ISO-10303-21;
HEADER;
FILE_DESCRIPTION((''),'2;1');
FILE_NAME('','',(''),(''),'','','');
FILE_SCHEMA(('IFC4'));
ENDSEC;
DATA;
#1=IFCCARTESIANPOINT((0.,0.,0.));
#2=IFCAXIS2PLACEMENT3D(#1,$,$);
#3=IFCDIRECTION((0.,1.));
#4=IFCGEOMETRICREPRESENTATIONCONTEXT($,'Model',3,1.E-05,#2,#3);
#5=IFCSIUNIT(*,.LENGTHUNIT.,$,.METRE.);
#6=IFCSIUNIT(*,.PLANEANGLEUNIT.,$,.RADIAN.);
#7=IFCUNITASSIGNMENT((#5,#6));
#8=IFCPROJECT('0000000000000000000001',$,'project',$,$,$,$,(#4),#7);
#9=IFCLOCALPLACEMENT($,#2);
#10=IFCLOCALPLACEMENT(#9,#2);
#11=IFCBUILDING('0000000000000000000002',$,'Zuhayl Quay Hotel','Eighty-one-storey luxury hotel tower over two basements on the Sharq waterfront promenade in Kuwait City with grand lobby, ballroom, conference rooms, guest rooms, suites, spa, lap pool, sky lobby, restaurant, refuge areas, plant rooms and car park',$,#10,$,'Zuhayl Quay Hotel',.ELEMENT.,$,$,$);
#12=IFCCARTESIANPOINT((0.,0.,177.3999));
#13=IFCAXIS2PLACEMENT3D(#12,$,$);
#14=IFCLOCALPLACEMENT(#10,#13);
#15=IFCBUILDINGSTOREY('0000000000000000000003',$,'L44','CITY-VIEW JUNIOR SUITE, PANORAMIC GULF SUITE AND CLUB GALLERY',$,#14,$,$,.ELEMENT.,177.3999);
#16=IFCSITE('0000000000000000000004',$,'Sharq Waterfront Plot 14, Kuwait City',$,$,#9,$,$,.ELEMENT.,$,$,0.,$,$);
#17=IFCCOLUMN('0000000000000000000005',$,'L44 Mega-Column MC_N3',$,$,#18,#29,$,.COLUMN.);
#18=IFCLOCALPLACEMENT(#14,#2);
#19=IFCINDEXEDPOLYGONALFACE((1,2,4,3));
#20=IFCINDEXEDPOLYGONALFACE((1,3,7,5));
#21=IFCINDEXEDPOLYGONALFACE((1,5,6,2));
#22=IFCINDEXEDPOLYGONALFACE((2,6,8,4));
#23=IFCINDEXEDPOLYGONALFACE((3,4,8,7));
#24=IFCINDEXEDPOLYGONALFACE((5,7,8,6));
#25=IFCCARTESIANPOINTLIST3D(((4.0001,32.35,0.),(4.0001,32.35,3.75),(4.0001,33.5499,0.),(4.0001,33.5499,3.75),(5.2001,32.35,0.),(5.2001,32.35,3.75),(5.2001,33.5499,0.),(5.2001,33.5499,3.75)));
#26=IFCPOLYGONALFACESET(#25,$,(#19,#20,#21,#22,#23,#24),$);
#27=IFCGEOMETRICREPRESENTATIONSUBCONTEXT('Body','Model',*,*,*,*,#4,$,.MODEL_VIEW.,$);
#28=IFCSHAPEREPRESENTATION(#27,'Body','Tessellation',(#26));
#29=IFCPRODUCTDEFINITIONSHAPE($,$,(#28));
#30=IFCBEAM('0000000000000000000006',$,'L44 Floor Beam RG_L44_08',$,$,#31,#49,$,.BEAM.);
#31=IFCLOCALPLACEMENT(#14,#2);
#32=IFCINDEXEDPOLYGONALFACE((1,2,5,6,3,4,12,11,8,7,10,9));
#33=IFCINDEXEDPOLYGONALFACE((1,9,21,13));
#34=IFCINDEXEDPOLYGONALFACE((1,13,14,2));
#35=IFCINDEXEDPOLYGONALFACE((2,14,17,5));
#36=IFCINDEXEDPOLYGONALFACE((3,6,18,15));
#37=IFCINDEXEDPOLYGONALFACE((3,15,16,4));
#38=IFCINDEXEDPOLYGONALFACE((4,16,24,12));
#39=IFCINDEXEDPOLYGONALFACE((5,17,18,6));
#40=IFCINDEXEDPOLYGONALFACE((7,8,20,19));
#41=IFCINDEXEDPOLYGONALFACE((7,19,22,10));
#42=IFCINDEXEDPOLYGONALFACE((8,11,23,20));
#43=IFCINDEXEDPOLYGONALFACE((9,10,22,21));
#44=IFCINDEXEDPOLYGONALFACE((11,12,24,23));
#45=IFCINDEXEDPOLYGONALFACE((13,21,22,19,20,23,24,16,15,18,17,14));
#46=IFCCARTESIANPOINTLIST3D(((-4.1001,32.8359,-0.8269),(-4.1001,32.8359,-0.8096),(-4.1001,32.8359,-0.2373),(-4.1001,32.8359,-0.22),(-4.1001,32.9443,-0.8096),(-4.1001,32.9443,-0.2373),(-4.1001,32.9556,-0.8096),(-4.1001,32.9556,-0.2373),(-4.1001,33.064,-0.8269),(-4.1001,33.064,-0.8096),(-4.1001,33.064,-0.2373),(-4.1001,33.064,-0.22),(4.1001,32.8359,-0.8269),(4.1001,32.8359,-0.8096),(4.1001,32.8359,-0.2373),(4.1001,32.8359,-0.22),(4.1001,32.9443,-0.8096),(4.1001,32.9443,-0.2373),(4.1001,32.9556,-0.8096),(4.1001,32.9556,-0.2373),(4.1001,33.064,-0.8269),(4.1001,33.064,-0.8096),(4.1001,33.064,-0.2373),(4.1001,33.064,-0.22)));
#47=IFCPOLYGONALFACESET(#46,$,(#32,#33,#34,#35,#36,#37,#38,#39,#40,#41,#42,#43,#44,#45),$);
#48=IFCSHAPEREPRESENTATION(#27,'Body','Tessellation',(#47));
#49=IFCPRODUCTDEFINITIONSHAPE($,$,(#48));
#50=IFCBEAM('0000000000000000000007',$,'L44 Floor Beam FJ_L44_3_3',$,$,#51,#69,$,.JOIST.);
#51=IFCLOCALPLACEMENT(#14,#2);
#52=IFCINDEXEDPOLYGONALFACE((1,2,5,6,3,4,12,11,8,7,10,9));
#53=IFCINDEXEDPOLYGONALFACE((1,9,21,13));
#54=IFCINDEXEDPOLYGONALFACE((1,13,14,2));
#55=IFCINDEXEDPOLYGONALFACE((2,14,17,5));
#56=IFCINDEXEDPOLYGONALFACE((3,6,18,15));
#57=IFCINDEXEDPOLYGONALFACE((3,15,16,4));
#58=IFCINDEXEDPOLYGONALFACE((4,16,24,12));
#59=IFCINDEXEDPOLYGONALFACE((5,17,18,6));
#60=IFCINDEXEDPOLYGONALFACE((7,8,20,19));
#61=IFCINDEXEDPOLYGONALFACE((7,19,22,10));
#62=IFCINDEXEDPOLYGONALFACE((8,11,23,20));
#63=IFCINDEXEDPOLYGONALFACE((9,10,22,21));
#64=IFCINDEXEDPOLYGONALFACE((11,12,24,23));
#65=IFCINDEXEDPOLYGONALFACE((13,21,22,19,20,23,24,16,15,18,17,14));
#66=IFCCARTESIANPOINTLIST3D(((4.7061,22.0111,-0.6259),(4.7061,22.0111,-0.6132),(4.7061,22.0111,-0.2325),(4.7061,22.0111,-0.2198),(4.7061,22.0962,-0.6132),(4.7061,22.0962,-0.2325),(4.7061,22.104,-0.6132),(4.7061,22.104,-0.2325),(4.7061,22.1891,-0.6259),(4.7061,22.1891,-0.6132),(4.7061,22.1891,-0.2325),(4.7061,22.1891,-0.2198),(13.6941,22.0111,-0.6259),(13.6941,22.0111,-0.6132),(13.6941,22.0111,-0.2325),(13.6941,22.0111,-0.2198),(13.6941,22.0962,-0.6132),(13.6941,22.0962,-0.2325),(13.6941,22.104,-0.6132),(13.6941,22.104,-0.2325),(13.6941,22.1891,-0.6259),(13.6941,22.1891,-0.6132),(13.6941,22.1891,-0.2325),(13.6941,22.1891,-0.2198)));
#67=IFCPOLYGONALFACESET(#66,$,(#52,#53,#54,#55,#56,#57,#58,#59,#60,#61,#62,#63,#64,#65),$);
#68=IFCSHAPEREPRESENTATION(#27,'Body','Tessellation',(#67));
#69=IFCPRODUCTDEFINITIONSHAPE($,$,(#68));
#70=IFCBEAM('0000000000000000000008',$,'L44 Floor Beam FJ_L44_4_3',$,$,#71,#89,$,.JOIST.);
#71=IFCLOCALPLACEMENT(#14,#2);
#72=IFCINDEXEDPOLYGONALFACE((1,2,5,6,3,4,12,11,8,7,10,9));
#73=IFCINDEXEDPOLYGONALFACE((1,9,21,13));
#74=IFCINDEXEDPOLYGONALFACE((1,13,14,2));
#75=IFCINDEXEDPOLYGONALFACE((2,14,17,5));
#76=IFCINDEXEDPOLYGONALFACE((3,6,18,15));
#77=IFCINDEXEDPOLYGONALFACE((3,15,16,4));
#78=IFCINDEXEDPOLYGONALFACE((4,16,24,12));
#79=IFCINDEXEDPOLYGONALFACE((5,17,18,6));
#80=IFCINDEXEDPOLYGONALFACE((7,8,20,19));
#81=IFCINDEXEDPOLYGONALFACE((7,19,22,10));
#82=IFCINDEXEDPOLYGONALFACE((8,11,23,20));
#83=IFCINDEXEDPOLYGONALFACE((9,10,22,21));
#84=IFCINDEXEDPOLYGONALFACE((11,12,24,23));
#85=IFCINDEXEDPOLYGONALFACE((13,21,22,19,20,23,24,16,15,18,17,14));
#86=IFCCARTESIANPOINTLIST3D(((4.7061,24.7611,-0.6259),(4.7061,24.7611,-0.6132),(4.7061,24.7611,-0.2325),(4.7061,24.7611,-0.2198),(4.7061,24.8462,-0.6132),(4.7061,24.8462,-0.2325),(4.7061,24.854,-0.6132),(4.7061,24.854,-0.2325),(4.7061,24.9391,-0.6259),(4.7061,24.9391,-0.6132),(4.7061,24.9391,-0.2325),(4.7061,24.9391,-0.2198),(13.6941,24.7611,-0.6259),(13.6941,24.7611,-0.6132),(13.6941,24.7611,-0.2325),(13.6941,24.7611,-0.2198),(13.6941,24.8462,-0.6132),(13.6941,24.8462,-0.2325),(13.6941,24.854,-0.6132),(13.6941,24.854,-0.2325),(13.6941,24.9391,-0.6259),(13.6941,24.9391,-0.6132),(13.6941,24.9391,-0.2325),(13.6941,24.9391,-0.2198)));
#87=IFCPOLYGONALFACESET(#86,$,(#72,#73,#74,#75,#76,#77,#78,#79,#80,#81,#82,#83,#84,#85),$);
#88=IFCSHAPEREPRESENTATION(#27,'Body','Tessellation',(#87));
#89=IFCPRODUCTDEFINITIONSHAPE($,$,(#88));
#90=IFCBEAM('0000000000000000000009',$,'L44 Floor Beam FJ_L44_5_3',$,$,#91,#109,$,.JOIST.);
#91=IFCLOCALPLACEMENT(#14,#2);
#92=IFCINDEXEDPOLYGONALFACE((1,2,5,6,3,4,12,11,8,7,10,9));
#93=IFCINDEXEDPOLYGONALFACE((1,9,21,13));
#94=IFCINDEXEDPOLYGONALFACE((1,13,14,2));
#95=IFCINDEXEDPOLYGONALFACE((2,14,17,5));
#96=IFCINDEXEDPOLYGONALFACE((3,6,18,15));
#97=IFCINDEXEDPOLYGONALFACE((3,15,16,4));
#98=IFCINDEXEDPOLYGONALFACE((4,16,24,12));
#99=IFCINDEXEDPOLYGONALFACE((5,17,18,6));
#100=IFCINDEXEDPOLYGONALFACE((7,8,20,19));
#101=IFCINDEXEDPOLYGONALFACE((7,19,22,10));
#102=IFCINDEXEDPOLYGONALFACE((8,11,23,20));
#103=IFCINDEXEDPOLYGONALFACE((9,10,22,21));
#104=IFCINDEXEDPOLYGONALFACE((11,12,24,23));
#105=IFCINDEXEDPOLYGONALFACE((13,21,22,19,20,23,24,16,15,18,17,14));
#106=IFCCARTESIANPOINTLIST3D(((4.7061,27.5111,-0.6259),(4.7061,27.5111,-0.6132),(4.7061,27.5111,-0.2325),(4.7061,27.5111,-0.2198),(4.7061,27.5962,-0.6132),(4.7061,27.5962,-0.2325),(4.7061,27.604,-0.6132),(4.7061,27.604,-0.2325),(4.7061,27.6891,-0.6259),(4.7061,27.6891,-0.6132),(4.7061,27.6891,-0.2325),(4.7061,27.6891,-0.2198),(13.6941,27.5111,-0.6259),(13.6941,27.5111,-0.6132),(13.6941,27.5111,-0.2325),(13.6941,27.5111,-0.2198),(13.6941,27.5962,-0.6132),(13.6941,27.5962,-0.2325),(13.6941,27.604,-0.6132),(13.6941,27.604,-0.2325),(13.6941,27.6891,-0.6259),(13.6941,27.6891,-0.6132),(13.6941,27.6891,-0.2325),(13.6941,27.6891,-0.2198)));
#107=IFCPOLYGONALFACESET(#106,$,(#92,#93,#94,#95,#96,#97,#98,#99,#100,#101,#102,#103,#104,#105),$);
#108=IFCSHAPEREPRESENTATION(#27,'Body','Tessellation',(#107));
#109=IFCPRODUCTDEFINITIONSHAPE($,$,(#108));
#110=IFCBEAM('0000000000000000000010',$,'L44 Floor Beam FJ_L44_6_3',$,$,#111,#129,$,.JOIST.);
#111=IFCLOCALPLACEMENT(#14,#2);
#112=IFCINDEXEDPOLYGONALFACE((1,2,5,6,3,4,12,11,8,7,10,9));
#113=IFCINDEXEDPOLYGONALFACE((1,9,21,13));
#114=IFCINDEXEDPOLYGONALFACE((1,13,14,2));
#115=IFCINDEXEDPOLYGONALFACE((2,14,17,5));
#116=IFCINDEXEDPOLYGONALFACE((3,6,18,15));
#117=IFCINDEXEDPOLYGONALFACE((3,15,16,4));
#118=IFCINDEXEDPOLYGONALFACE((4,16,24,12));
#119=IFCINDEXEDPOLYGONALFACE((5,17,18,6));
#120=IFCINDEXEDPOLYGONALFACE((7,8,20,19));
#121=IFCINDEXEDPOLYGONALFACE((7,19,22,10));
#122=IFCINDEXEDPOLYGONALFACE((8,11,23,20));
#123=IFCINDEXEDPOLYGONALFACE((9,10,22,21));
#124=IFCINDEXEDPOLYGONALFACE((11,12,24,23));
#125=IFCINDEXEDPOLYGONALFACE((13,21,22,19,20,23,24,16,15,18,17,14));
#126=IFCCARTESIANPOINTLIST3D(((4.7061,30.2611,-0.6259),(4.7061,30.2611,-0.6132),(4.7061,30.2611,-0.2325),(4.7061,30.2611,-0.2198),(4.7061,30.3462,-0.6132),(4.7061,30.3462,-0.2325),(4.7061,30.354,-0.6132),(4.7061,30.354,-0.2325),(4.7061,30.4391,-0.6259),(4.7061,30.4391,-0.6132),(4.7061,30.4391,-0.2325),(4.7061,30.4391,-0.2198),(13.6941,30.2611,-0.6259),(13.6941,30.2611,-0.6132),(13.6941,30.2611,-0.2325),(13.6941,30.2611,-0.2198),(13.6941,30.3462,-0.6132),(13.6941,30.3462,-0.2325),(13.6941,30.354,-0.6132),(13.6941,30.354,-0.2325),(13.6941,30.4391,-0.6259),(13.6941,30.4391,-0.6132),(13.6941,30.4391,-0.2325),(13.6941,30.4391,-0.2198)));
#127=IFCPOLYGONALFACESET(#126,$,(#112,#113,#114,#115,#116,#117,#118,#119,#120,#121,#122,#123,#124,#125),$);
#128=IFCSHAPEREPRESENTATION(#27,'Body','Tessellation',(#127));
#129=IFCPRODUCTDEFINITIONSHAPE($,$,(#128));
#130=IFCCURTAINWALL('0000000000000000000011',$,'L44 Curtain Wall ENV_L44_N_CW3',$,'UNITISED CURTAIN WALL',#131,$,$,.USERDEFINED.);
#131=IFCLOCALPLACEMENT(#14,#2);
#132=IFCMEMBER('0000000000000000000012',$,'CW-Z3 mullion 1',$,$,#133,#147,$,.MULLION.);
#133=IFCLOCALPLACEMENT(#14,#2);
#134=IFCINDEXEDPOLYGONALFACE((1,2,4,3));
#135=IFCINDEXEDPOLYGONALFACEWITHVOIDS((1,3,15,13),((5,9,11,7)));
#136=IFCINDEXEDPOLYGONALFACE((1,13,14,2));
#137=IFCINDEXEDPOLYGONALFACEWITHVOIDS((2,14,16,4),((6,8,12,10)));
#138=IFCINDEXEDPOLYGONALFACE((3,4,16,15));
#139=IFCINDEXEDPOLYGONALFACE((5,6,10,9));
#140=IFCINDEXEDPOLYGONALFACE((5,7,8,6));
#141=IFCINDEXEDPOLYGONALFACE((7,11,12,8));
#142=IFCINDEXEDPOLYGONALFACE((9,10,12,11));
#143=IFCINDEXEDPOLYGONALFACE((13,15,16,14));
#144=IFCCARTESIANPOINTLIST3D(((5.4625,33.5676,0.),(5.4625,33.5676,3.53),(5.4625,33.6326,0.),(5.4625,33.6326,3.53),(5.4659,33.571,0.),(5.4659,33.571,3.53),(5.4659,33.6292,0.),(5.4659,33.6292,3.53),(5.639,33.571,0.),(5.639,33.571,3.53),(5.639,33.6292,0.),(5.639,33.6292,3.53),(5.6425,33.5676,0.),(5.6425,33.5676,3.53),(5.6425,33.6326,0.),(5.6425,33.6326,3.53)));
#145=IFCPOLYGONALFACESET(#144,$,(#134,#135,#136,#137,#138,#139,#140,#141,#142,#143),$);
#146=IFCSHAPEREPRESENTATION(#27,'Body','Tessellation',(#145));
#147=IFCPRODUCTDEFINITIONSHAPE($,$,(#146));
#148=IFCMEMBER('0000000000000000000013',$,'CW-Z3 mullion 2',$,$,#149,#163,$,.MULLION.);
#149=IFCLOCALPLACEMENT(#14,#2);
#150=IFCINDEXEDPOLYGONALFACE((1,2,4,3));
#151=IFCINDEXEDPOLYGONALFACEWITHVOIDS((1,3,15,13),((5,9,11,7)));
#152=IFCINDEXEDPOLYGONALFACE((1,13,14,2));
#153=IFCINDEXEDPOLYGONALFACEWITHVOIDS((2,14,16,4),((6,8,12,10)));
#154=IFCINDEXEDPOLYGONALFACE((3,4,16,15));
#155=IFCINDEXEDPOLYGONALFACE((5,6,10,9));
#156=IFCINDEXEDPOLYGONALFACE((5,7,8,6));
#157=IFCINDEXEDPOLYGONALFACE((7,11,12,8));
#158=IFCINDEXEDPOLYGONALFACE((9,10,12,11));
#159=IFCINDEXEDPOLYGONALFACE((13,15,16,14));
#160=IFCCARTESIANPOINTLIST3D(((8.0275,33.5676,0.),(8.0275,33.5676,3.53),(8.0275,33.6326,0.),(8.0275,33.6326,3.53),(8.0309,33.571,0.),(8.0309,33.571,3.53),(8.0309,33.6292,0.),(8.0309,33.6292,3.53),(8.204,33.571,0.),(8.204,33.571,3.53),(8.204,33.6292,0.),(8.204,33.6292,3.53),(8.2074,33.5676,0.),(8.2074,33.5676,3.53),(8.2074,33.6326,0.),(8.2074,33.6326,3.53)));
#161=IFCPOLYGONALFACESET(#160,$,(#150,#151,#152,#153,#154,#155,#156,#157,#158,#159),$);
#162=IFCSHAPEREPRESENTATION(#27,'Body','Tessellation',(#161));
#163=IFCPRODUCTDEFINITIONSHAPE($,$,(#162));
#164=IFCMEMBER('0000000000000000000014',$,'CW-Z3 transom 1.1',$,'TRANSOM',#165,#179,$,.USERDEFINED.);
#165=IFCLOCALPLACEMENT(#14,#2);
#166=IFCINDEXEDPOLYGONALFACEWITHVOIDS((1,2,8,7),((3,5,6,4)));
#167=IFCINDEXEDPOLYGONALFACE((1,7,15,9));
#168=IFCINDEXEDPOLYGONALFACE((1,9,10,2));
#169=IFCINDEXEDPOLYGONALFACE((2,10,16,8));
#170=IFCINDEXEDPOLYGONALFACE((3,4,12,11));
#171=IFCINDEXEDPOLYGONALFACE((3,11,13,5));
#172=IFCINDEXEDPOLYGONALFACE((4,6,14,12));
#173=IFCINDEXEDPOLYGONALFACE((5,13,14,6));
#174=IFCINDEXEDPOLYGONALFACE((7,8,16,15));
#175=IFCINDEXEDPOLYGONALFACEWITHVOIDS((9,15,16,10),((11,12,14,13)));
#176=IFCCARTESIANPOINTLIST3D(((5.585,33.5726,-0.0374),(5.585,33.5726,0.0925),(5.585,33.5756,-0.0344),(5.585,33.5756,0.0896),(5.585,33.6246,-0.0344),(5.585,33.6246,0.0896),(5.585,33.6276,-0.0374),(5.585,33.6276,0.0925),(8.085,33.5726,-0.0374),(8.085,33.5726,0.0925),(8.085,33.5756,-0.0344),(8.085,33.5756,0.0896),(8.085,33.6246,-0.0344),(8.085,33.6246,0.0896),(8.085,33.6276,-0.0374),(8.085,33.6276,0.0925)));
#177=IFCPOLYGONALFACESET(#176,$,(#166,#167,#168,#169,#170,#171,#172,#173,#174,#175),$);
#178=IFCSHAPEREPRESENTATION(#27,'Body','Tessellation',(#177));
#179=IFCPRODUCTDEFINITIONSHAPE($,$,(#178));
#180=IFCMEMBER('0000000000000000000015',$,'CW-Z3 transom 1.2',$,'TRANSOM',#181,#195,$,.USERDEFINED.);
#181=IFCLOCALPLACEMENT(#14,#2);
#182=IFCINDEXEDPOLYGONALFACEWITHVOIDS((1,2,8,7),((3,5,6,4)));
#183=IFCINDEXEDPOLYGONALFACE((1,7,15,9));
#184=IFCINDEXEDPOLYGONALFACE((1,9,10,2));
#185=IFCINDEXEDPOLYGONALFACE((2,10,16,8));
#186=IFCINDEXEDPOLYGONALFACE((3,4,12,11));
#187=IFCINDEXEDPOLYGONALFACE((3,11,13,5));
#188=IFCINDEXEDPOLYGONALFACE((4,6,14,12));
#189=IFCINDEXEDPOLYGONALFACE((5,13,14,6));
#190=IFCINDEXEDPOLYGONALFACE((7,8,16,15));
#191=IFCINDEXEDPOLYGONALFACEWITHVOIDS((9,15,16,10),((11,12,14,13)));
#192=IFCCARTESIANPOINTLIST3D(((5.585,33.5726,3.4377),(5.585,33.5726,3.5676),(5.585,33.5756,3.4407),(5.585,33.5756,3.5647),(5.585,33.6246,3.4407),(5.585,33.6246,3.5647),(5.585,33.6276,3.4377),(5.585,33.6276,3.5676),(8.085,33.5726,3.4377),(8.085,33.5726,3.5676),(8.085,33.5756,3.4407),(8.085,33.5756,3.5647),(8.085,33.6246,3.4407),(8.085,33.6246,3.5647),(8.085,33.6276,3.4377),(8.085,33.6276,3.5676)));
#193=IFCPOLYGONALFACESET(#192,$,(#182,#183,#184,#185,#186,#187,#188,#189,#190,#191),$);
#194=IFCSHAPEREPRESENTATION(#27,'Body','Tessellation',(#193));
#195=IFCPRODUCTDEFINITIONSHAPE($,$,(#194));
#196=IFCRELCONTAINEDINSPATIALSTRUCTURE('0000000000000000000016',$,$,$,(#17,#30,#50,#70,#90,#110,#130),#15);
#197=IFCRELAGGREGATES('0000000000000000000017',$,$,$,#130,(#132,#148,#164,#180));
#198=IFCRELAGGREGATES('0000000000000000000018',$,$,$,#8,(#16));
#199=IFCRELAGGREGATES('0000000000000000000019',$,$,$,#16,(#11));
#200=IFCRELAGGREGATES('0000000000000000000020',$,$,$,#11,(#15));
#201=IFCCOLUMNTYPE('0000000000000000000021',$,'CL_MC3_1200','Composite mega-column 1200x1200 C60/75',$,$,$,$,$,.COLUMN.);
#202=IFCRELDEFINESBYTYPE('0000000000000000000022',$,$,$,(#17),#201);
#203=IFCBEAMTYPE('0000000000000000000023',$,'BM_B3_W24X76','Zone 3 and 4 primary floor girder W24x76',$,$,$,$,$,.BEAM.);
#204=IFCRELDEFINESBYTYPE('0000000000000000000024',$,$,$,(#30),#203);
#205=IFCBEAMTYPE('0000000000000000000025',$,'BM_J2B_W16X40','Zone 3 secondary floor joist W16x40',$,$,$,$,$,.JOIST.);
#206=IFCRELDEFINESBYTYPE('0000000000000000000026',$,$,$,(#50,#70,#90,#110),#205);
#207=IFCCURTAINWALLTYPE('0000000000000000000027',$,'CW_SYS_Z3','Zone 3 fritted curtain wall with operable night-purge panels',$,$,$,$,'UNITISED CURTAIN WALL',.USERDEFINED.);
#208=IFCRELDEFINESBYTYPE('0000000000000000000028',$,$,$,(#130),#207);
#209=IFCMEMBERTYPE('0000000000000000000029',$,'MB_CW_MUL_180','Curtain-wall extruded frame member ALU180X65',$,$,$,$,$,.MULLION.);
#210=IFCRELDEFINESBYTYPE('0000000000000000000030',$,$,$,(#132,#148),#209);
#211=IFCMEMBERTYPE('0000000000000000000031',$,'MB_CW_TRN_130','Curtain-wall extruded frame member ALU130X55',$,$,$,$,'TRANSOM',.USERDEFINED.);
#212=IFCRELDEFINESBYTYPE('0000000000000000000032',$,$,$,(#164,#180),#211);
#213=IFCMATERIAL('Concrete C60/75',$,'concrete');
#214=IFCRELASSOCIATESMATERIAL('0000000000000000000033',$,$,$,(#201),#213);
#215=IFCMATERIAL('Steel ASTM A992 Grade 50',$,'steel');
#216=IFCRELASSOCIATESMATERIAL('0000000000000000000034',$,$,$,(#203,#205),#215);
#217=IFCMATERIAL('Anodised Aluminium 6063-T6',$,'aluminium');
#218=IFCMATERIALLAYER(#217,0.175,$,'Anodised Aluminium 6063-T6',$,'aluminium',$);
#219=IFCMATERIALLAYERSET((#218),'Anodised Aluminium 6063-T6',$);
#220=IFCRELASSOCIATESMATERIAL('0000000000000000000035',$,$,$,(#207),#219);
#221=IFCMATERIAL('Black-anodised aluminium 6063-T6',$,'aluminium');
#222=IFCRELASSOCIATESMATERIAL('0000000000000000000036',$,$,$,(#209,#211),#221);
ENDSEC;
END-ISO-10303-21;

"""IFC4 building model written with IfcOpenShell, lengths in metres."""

from ifc_helpers import new_model, si_unit, direction, frame, origin, origin_2d, place, context, subcontext, project, spatial, rectangle, hollow_rectangle, i_section, extrude, material, layer, layer_set, material_profile, profile_set, type_object, element, aggregate, save


model = new_model("IFC4")

# Units and contexts
model_context = context("Model", 3, precision=1e-05, world=origin(), true_north=direction((0.0, 1.0)))
body_context = subcontext(model_context, "Body", "Model", "MODEL_VIEW")
ifc_project = project(units=[si_unit("LENGTHUNIT", "METRE"), si_unit("PLANEANGLEUNIT", "RADIAN")], contexts=[model_context])

# Site, building, storey
site_placement = place(None, origin())
site = spatial("IfcSite", under=ifc_project, at=site_placement, Name="Sharq Waterfront Plot 14, Kuwait City", CompositionType="ELEMENT", RefElevation=0.0)
building_placement = place(site_placement, origin())
building = spatial("IfcBuilding", under=site, at=building_placement, Name="Zuhayl Quay Hotel", Description="Eighty-one-storey luxury hotel tower over two basements on the Sharq waterfront promenade in Kuwait City with grand lobby, ballroom, conference rooms, guest rooms, suites, spa, lap pool, sky lobby, restaurant, refuge areas, plant rooms and car park", LongName="Zuhayl Quay Hotel", CompositionType="ELEMENT")
storey_placement = place(building_placement, frame((0.0, 0.0, 177.3999)))
storey = spatial("IfcBuildingStorey", under=building, at=storey_placement, Name="L44", Description="CITY-VIEW JUNIOR SUITE, PANORAMIC GULF SUITE AND CLUB GALLERY", CompositionType="ELEMENT", Elevation=177.3999)

# Column
ifc_material_1 = material(Name="Concrete C60/75", Category="concrete")
ifc_material_profile_1 = material_profile(ifc_material_1, rectangle(XDim=1.2, YDim=1.2, at=origin_2d()), Name="RC1200X1200")
ifc_profile_set_1 = profile_set([ifc_material_profile_1], Name="Concrete C60/75")
column_type = type_object("IfcColumnType", Name="CL_MC3_1200", Description="Composite mega-column 1200x1200 C60/75", PredefinedType="COLUMN", material=ifc_profile_set_1)
column_placement = place(storey_placement, frame((4.6001, 32.95, 0.0), z_axis=(0.0, 0.0, 1.0), x_axis=(1.0, 0.0, 0.0)))
element("IfcColumn", 1, at=column_placement, inside=storey, type_object=column_type, Name="L44 Mega-Column MC_N3", PredefinedType="COLUMN", context=body_context, shape_type="SweptSolid", body=[
    extrude(rectangle(XDim=1.2, YDim=1.2, at=origin_2d()), origin(), (0.0, 0.0, 1.0), 3.75),
])

# Beams
ifc_material_2 = material(Name="Steel ASTM A992 Grade 50", Category="steel")
ifc_material_profile_2 = material_profile(ifc_material_2, i_section(OverallWidth=0.228, OverallDepth=0.6069, WebThickness=0.0112, FlangeThickness=0.0173, at=origin_2d()), Name="W24X76")
ifc_profile_set_2 = profile_set([ifc_material_profile_2], Name="Steel ASTM A992 Grade 50")
beam_type_1 = type_object("IfcBeamType", Name="BM_B3_W24X76", Description="Zone 3 and 4 primary floor girder W24x76", PredefinedType="BEAM", material=ifc_profile_set_2)
beam_placement = place(storey_placement, frame((4.1001, 32.95, -0.5234), z_axis=(-1.0, 0.0, 0.0), x_axis=(0.0, -1.0, 0.0)))
element("IfcBeam", 2, at=beam_placement, inside=storey, type_object=beam_type_1, Name="L44 Floor Beam RG_L44_08", PredefinedType="BEAM", context=body_context, shape_type="SweptSolid", body=[
    extrude(i_section(OverallWidth=0.228, OverallDepth=0.6069, WebThickness=0.0112, FlangeThickness=0.0173, at=origin_2d()), origin(), (0.0, 0.0, 1.0), 8.2002),
])
ifc_material_profile_3 = material_profile(ifc_material_2, i_section(OverallWidth=0.178, OverallDepth=0.406, WebThickness=0.0078, FlangeThickness=0.0127, at=origin_2d()), Name="W16X40")
ifc_profile_set_3 = profile_set([ifc_material_profile_3], Name="Steel ASTM A992 Grade 50")
beam_type_2 = type_object("IfcBeamType", Name="BM_J2B_W16X40", Description="Zone 3 secondary floor joist W16x40", PredefinedType="JOIST", material=ifc_profile_set_3)
for number, where, z_axis, x_axis, name in (
    (3, (4.7061, 22.1001, -0.4229), (1.0, 0.0, 0.0), (0.0, 1.0, 0.0), "L44 Floor Beam FJ_L44_3_3"),
    (4, (4.7061, 24.8501, -0.4229), (1.0, 0.0, 0.0), (0.0, 1.0, 0.0), "L44 Floor Beam FJ_L44_4_3"),
    (5, (4.7061, 27.6001, -0.4229), (1.0, 0.0, 0.0), (0.0, 1.0, 0.0), "L44 Floor Beam FJ_L44_5_3"),
    (6, (4.7061, 30.3501, -0.4229), (1.0, 0.0, 0.0), (0.0, 1.0, 0.0), "L44 Floor Beam FJ_L44_6_3"),
):
    element("IfcBeam", number, at=place(storey_placement, frame(where, z_axis=z_axis, x_axis=x_axis)), inside=storey, type_object=beam_type_2, Name=name, PredefinedType="JOIST", context=body_context, shape_type="SweptSolid", body=[
        extrude(i_section(OverallWidth=0.178, OverallDepth=0.406, WebThickness=0.0078, FlangeThickness=0.0127, at=origin_2d()), origin(), (0.0, 0.0, 1.0), 8.988),
    ])

# Curtain wall, members
ifc_material_3 = material(Name="Anodised Aluminium 6063-T6", Category="aluminium")
ifc_layer_1 = layer(ifc_material_3, 0.175, Name="Anodised Aluminium 6063-T6", Category="aluminium")
ifc_layer_set_1 = layer_set([ifc_layer_1], Name="Anodised Aluminium 6063-T6")
curtain_wall_type = type_object("IfcCurtainWallType", Name="CW_SYS_Z3", Description="Zone 3 fritted curtain wall with operable night-purge panels", ElementType="UNITISED CURTAIN WALL", PredefinedType="USERDEFINED", material=ifc_layer_set_1)
curtain_wall_placement = place(storey_placement, origin())
curtain_wall = element("IfcCurtainWall", 7, at=curtain_wall_placement, inside=storey, type_object=curtain_wall_type, Name="L44 Curtain Wall ENV_L44_N_CW3", ObjectType="UNITISED CURTAIN WALL", PredefinedType="USERDEFINED")
ifc_material_4 = material(Name="Black-anodised aluminium 6063-T6", Category="aluminium")
ifc_material_profile_4 = material_profile(ifc_material_4, hollow_rectangle(XDim=0.0649, YDim=0.1799, WallThickness=0.0034, at=origin_2d()), Name="ALU180X65")
ifc_profile_set_4 = profile_set([ifc_material_profile_4], Name="Black-anodised aluminium 6063-T6")
member_type_1 = type_object("IfcMemberType", Name="MB_CW_MUL_180", Description="Curtain-wall extruded frame member ALU180X65", PredefinedType="MULLION", material=ifc_profile_set_4)
member_1_placement = place(storey_placement, frame((5.5525, 33.6001, 0.0), z_axis=(0.0, 0.0, 1.0), x_axis=(0.0, 1.0, 0.0)))
member_1 = element("IfcMember", 8, at=member_1_placement, type_object=member_type_1, Name="CW-Z3 mullion 1", PredefinedType="MULLION", context=body_context, shape_type="SweptSolid", body=[
    extrude(hollow_rectangle(XDim=0.0649, YDim=0.1799, WallThickness=0.0034, at=origin_2d()), origin(), (0.0, 0.0, 1.0), 3.53),
])
member_2_placement = place(storey_placement, frame((8.1174, 33.6001, 0.0), z_axis=(0.0, 0.0, 1.0), x_axis=(0.0, 1.0, 0.0)))
member_2 = element("IfcMember", 9, at=member_2_placement, type_object=member_type_1, Name="CW-Z3 mullion 2", PredefinedType="MULLION", context=body_context, shape_type="SweptSolid", body=[
    extrude(hollow_rectangle(XDim=0.0649, YDim=0.1799, WallThickness=0.0034, at=origin_2d()), origin(), (0.0, 0.0, 1.0), 3.53),
])
ifc_material_profile_5 = material_profile(ifc_material_4, hollow_rectangle(XDim=0.0549, YDim=0.1299, WallThickness=0.0029, at=origin_2d()), Name="ALU130X55")
ifc_profile_set_5 = profile_set([ifc_material_profile_5], Name="Black-anodised aluminium 6063-T6")
member_type_2 = type_object("IfcMemberType", Name="MB_CW_TRN_130", Description="Curtain-wall extruded frame member ALU130X55", ElementType="TRANSOM", PredefinedType="USERDEFINED", material=ifc_profile_set_5)
member_3_placement = place(storey_placement, frame((5.585, 33.6001, 0.0276), z_axis=(1.0, 0.0, 0.0), x_axis=(0.0, 1.0, 0.0)))
member_3 = element("IfcMember", 10, at=member_3_placement, type_object=member_type_2, Name="CW-Z3 transom 1.1", ObjectType="TRANSOM", PredefinedType="USERDEFINED", context=body_context, shape_type="SweptSolid", body=[
    extrude(hollow_rectangle(XDim=0.0549, YDim=0.1299, WallThickness=0.0029, at=origin_2d()), origin(), (0.0, 0.0, 1.0), 2.5),
])
member_4_placement = place(storey_placement, frame((5.585, 33.6001, 3.5027), z_axis=(1.0, 0.0, 0.0), x_axis=(0.0, 1.0, 0.0)))
member_4 = element("IfcMember", 11, at=member_4_placement, type_object=member_type_2, Name="CW-Z3 transom 1.2", ObjectType="TRANSOM", PredefinedType="USERDEFINED", context=body_context, shape_type="SweptSolid", body=[
    extrude(hollow_rectangle(XDim=0.0549, YDim=0.1299, WallThickness=0.0029, at=origin_2d()), origin(), (0.0, 0.0, 1.0), 2.5),
])
aggregate(curtain_wall, [member_1, member_2, member_3, member_4])

save(model, "model.ifc")
